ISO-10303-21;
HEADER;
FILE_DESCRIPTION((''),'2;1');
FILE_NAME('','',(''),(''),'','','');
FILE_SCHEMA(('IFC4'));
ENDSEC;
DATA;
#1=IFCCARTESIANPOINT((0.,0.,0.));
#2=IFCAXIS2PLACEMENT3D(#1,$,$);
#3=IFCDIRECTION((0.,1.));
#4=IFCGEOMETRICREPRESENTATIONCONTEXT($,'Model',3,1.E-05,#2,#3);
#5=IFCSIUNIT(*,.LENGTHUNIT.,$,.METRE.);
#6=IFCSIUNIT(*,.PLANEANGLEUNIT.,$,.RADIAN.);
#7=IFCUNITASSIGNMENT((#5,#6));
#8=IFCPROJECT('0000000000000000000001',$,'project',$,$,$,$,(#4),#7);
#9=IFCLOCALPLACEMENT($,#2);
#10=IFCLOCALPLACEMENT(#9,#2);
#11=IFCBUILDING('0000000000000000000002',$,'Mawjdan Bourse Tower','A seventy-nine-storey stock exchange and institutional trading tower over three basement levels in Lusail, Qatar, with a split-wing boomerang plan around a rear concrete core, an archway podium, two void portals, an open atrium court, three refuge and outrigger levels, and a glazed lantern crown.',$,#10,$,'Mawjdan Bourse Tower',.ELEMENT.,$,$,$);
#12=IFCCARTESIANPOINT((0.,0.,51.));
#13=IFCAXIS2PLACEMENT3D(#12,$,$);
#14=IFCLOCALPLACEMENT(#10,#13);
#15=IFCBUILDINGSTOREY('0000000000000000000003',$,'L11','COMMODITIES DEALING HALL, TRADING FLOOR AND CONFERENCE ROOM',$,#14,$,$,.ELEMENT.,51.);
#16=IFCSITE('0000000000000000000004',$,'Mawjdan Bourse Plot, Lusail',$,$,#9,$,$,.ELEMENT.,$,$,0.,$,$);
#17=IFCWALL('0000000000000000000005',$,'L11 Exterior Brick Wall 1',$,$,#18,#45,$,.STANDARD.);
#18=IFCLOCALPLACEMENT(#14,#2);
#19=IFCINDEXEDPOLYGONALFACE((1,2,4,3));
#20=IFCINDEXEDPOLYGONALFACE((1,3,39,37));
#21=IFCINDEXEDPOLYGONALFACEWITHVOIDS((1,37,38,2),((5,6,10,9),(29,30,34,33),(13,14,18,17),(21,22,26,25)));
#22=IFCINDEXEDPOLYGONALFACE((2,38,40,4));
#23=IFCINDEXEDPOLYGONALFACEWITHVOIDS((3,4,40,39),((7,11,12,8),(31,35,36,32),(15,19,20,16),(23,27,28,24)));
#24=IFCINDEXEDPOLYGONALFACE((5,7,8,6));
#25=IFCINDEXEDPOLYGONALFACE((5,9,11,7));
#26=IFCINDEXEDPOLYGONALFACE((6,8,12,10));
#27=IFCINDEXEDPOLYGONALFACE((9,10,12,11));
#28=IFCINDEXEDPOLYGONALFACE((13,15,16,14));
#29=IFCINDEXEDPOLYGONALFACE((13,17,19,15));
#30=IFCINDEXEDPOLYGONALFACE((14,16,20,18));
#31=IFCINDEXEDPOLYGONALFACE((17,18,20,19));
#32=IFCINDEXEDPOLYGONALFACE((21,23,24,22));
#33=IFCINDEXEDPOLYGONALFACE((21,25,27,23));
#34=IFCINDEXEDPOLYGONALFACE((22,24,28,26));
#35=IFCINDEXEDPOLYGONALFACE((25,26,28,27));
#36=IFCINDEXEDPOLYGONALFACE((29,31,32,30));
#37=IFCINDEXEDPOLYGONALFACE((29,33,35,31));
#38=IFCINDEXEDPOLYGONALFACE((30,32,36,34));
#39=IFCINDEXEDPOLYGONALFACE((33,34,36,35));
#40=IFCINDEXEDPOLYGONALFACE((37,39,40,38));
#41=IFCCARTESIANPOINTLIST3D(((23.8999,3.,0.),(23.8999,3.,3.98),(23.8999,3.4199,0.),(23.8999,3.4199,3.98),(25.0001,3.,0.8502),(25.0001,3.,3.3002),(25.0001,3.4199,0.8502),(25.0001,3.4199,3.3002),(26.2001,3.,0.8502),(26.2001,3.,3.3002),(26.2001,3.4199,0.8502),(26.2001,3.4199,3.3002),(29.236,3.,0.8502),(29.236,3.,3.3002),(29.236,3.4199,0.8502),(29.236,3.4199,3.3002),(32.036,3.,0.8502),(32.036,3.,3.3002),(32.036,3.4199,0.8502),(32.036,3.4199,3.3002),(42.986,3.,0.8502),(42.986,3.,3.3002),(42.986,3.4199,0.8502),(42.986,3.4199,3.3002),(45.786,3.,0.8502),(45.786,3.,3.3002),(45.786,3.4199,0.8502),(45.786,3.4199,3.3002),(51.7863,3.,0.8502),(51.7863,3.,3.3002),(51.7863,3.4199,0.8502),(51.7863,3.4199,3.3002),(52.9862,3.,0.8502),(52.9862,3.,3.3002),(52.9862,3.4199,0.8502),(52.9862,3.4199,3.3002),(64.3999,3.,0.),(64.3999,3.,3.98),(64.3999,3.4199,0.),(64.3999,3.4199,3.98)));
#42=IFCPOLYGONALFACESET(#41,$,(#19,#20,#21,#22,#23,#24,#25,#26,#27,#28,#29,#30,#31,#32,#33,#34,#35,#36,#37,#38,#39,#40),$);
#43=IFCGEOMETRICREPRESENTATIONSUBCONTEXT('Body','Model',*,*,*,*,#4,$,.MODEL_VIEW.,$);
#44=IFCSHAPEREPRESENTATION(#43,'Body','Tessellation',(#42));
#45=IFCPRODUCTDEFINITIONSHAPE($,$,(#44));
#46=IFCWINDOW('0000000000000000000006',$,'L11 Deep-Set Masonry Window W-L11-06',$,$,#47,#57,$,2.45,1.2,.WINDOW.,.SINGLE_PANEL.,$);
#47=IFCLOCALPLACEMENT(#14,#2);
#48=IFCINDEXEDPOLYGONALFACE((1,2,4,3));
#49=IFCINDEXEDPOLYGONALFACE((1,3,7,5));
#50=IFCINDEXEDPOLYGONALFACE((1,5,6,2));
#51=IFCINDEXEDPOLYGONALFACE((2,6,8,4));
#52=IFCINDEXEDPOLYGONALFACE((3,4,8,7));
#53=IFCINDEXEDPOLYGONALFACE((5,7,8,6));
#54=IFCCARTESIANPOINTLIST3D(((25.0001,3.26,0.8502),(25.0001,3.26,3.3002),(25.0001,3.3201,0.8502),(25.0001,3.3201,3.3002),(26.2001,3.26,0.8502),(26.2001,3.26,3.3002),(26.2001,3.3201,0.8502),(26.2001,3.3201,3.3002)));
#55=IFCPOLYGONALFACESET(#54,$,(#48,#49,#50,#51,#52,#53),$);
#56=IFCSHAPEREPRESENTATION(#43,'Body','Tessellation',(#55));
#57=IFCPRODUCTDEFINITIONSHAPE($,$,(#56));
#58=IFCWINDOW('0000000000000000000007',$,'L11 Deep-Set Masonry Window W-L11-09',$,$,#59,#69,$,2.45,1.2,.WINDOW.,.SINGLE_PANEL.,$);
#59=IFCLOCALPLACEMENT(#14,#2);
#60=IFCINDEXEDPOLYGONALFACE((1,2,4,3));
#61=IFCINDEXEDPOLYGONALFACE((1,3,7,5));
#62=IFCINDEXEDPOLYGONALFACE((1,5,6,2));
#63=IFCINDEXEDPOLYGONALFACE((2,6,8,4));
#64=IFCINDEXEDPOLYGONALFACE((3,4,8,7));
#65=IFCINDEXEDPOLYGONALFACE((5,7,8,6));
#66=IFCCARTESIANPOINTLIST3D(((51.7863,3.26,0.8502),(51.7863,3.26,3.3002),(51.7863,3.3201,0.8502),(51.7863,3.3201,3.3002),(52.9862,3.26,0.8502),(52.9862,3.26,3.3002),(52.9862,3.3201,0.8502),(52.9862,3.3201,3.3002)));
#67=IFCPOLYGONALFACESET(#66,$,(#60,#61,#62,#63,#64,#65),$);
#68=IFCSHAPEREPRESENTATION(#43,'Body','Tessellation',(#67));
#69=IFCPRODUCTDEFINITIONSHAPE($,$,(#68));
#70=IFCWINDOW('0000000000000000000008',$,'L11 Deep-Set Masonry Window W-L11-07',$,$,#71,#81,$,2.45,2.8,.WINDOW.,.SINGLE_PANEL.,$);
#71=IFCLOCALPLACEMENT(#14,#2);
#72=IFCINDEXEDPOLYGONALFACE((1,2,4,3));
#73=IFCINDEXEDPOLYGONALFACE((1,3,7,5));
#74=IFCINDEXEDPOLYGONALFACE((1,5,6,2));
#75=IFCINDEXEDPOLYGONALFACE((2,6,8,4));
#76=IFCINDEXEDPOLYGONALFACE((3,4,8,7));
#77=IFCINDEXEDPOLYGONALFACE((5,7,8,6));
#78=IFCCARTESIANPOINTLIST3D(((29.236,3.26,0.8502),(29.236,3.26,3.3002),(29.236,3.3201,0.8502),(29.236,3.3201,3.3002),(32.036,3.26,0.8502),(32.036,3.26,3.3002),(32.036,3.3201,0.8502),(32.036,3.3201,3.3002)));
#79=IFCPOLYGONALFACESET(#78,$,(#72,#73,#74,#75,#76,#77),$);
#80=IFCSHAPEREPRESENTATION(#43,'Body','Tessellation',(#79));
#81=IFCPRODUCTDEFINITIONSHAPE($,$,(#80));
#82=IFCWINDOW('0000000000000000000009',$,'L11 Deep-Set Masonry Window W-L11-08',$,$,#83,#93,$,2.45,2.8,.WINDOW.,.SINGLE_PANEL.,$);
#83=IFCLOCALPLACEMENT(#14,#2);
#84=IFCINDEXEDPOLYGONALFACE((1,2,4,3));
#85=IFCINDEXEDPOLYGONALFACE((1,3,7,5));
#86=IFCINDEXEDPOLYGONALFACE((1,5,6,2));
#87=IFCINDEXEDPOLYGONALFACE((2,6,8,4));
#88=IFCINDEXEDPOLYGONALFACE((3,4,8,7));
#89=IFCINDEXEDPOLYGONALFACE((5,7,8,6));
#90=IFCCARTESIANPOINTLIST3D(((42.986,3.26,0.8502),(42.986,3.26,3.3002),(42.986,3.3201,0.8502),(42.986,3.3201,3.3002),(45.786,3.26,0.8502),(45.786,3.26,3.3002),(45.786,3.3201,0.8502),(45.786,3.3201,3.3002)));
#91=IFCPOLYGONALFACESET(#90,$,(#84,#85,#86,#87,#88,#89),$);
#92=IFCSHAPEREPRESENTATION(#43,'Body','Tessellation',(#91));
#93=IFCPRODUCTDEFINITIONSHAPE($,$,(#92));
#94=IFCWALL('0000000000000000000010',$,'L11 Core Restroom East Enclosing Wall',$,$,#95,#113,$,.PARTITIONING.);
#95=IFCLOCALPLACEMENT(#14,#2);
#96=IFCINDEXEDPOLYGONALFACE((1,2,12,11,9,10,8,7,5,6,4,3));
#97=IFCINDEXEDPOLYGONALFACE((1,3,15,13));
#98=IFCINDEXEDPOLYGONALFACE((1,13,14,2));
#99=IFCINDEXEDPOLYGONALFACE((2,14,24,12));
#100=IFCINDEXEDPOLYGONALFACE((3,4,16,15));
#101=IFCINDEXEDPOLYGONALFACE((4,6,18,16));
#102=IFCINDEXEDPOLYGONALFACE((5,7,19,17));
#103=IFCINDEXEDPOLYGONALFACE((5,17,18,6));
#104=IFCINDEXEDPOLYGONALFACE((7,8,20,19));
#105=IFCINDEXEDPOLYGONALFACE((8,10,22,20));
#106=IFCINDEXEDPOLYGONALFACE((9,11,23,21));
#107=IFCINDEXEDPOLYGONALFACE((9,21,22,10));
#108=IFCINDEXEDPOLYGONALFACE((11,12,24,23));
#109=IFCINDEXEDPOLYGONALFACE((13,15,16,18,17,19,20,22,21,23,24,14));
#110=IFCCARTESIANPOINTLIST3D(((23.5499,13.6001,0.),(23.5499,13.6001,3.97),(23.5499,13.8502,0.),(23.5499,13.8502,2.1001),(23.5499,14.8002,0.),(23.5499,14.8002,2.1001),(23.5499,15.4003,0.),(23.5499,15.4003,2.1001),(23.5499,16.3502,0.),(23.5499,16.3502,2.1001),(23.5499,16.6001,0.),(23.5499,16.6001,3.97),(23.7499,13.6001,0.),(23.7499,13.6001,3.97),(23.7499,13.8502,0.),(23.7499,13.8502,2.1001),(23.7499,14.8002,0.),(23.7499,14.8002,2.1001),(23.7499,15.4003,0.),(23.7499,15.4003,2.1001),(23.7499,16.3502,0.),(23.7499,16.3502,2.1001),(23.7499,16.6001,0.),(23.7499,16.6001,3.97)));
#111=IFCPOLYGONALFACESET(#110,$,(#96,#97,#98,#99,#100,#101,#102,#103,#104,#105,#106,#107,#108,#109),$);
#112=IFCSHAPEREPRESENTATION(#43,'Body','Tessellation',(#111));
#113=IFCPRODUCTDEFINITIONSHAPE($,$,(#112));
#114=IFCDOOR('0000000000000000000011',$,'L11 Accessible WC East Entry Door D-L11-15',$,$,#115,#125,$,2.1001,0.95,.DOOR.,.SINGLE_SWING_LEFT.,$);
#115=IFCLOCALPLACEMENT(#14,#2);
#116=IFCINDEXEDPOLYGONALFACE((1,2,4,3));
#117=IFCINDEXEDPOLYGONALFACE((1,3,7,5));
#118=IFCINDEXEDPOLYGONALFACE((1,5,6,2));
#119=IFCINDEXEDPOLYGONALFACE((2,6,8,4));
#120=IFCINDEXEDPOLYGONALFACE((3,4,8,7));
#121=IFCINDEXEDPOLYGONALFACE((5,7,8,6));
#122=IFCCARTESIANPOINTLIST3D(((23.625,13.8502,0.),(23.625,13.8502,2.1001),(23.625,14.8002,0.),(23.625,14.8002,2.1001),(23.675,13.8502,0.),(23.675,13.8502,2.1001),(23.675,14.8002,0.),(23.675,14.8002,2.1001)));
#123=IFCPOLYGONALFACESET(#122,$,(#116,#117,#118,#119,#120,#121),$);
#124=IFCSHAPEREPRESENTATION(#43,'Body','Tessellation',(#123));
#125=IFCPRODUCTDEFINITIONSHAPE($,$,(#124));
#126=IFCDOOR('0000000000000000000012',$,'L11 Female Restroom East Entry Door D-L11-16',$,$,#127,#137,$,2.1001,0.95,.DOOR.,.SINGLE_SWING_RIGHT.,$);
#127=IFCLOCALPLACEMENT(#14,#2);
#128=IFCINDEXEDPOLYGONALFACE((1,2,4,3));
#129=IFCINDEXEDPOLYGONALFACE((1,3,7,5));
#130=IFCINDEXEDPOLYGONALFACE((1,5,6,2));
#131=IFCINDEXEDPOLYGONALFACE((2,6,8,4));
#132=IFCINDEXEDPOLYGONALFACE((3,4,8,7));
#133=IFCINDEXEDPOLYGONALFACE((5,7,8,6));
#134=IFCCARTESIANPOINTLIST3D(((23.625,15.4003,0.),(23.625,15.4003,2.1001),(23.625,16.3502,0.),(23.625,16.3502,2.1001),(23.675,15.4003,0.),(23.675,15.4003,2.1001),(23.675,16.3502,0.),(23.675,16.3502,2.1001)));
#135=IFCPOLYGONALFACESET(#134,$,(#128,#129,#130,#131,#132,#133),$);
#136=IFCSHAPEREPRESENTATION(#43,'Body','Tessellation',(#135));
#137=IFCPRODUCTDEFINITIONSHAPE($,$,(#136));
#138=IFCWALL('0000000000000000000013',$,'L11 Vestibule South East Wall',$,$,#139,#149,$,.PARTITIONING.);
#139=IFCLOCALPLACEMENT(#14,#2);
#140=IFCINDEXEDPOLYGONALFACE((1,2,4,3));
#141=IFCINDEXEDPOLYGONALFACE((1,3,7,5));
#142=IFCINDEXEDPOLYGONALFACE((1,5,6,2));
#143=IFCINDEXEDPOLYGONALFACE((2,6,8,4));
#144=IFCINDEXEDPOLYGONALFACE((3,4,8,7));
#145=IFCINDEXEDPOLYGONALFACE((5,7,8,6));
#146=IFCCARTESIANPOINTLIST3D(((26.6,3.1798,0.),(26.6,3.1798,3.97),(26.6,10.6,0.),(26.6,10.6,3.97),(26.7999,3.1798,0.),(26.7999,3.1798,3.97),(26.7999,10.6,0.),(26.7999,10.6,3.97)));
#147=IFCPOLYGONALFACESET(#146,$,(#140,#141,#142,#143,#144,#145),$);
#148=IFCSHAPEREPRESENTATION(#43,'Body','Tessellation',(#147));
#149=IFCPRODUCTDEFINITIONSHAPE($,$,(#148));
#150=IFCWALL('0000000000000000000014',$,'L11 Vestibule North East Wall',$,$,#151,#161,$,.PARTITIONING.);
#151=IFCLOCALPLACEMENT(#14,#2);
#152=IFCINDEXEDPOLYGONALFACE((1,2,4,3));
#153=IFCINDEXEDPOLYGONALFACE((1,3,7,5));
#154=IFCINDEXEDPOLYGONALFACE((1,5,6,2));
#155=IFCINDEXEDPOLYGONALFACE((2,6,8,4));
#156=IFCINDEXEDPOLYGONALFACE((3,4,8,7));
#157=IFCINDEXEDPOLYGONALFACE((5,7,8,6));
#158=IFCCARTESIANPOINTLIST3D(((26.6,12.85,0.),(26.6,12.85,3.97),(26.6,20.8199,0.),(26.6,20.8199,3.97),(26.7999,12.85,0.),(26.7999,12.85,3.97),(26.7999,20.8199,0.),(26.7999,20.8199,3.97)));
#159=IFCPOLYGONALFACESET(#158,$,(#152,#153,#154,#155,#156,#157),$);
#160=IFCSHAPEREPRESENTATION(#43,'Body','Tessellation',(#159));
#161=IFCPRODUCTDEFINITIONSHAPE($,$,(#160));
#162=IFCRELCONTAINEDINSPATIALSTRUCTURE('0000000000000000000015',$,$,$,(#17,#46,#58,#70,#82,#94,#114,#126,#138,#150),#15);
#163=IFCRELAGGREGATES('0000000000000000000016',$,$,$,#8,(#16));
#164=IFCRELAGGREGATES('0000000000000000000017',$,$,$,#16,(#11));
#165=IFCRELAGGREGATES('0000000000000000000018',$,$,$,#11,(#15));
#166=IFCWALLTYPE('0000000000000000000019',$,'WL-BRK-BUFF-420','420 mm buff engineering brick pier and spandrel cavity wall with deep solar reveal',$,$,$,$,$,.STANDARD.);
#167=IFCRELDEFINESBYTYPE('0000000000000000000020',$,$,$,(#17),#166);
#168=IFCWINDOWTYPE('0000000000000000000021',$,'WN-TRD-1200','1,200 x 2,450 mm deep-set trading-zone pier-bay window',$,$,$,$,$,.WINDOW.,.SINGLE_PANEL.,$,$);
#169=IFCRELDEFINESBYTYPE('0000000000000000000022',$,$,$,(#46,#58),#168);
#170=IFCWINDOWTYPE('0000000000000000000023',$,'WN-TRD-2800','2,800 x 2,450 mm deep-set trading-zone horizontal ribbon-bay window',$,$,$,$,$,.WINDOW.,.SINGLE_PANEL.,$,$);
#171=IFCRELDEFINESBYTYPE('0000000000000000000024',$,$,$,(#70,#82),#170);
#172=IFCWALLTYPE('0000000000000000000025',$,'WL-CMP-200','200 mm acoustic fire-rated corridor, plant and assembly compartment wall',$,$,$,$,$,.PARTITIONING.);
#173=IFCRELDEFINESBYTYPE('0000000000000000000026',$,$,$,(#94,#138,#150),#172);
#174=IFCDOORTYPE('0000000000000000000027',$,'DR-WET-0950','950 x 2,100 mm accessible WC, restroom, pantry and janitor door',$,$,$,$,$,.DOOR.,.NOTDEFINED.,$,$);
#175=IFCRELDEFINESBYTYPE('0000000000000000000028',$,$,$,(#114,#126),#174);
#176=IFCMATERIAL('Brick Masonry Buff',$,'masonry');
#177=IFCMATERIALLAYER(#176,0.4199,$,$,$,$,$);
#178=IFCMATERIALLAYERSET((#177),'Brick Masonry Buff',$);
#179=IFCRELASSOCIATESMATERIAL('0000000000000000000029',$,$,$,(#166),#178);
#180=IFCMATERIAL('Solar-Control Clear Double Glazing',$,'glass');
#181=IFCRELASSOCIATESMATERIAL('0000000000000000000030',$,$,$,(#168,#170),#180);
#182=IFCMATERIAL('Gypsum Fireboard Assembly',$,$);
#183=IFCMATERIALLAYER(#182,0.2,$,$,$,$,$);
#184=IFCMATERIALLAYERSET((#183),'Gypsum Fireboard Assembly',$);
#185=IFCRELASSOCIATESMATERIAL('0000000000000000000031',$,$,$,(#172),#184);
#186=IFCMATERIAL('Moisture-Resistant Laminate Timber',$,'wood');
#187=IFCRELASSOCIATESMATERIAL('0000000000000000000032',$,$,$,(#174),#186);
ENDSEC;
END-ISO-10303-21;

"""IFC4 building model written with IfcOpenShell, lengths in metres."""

from ifc_helpers import new_model, si_unit, direction, frame, frame_2d, origin, place, context, subcontext, project, spatial, rectangle, extrude, material, layer, layer_set, type_object, element, fill, save


model = new_model("IFC4")

# Units and contexts
model_context = context("Model", 3, precision=1e-05, world=origin(), true_north=direction((0.0, 1.0)))
body_context = subcontext(model_context, "Body", "Model", "MODEL_VIEW")
ifc_project = project(units=[si_unit("LENGTHUNIT", "METRE"), si_unit("PLANEANGLEUNIT", "RADIAN")], contexts=[model_context])

# Site, building, storey
site_placement = place(None, origin())
site = spatial("IfcSite", under=ifc_project, at=site_placement, Name="Mawjdan Bourse Plot, Lusail", CompositionType="ELEMENT", RefElevation=0.0)
building_placement = place(site_placement, origin())
building = spatial("IfcBuilding", under=site, at=building_placement, Name="Mawjdan Bourse Tower", Description="A seventy-nine-storey stock exchange and institutional trading tower over three basement levels in Lusail, Qatar, with a split-wing boomerang plan around a rear concrete core, an archway podium, two void portals, an open atrium court, three refuge and outrigger levels, and a glazed lantern crown.", LongName="Mawjdan Bourse Tower", CompositionType="ELEMENT")
storey_placement = place(building_placement, frame((0.0, 0.0, 51.0)))
storey = spatial("IfcBuildingStorey", under=building, at=storey_placement, Name="L11", Description="COMMODITIES DEALING HALL, TRADING FLOOR AND CONFERENCE ROOM", CompositionType="ELEMENT", Elevation=51.0)

# Wall, openings, windows
ifc_material_1 = material(Name="Brick Masonry Buff", Category="masonry")
ifc_layer_1 = layer(ifc_material_1, 0.4199)
ifc_layer_set_1 = layer_set([ifc_layer_1], Name="Brick Masonry Buff")
wall_type_1 = type_object("IfcWallType", Name="WL-BRK-BUFF-420", Description="420 mm buff engineering brick pier and spandrel cavity wall with deep solar reveal", PredefinedType="STANDARD", material=ifc_layer_set_1)
wall_1_placement = place(storey_placement, frame((23.8999, 3.21, 0.0), z_axis=(0.0, 0.0, 1.0), x_axis=(1.0, 0.0, 0.0)))
wall_1 = element("IfcWall", 1, at=wall_1_placement, inside=storey, type_object=wall_type_1, Name="L11 Exterior Brick Wall 1", PredefinedType="STANDARD", context=body_context, shape_type="SweptSolid", body=[
    extrude(rectangle(XDim=40.5, YDim=0.4199, at=frame_2d((20.25, 0.0))), origin(), (0.0, 0.0, 1.0), 3.98),
])
opening_1_placement = place(wall_1_placement, frame((1.1001, 0.0, 0.8501)))
opening_1 = element("IfcOpeningElement", 2, at=opening_1_placement, cuts=wall_1, PredefinedType="OPENING", context=body_context, shape_type="SweptSolid", body=[
    extrude(rectangle(XDim=1.2, YDim=2.45, at=frame_2d((0.6001, 1.2251))), frame((0.0, 0.22, 0.0), z_axis=(0.0, -1.0, 0.0), x_axis=(1.0, 0.0, 0.0)), (0.0, 0.0, 1.0), 0.4399),
])
opening_2_placement = place(wall_1_placement, frame((5.3362, 0.0, 0.8501)))
opening_2 = element("IfcOpeningElement", 3, at=opening_2_placement, cuts=wall_1, PredefinedType="OPENING", context=body_context, shape_type="SweptSolid", body=[
    extrude(rectangle(XDim=2.8, YDim=2.45, at=frame_2d((1.3999, 1.2251))), frame((0.0, 0.22, 0.0), z_axis=(0.0, -1.0, 0.0), x_axis=(1.0, 0.0, 0.0)), (0.0, 0.0, 1.0), 0.4399),
])
opening_3_placement = place(wall_1_placement, frame((19.0862, 0.0, 0.8501)))
opening_3 = element("IfcOpeningElement", 4, at=opening_3_placement, cuts=wall_1, PredefinedType="OPENING", context=body_context, shape_type="SweptSolid", body=[
    extrude(rectangle(XDim=2.8, YDim=2.45, at=frame_2d((1.3999, 1.2251))), frame((0.0, 0.22, 0.0), z_axis=(0.0, -1.0, 0.0), x_axis=(1.0, 0.0, 0.0)), (0.0, 0.0, 1.0), 0.4399),
])
opening_4_placement = place(wall_1_placement, frame((27.8862, 0.0, 0.8501)))
opening_4 = element("IfcOpeningElement", 5, at=opening_4_placement, cuts=wall_1, PredefinedType="OPENING", context=body_context, shape_type="SweptSolid", body=[
    extrude(rectangle(XDim=1.2, YDim=2.45, at=frame_2d((0.6001, 1.2251))), frame((0.0, 0.22, 0.0), z_axis=(0.0, -1.0, 0.0), x_axis=(1.0, 0.0, 0.0)), (0.0, 0.0, 1.0), 0.4399),
])
ifc_material_2 = material(Name="Solar-Control Clear Double Glazing", Category="glass")
window_type_1 = type_object("IfcWindowType", Name="WN-TRD-1200", Description="1,200 x 2,450 mm deep-set trading-zone pier-bay window", PartitioningType="SINGLE_PANEL", PredefinedType="WINDOW", material=ifc_material_2)
window_1_placement = place(opening_1_placement, origin())
window_1 = element("IfcWindow", 6, at=window_1_placement, inside=storey, type_object=window_type_1, Name="L11 Deep-Set Masonry Window W-L11-06", OverallHeight=2.45, OverallWidth=1.2, PartitioningType="SINGLE_PANEL", PredefinedType="WINDOW", context=body_context, shape_type="SweptSolid", body=[
    extrude(rectangle(XDim=1.2, YDim=2.45, at=frame_2d((0.6001, 1.2251))), frame((0.0, 0.1101, 0.0), z_axis=(0.0, -1.0, 0.0), x_axis=(1.0, 0.0, 0.0)), (0.0, 0.0, 1.0), 0.0601),
])
fill(opening_1, window_1)
window_2_placement = place(opening_4_placement, origin())
window_2 = element("IfcWindow", 7, at=window_2_placement, inside=storey, type_object=window_type_1, Name="L11 Deep-Set Masonry Window W-L11-09", OverallHeight=2.45, OverallWidth=1.2, PartitioningType="SINGLE_PANEL", PredefinedType="WINDOW", context=body_context, shape_type="SweptSolid", body=[
    extrude(rectangle(XDim=1.2, YDim=2.45, at=frame_2d((0.6001, 1.2251))), frame((0.0, 0.1101, 0.0), z_axis=(0.0, -1.0, 0.0), x_axis=(1.0, 0.0, 0.0)), (0.0, 0.0, 1.0), 0.0601),
])
fill(opening_4, window_2)
window_type_2 = type_object("IfcWindowType", Name="WN-TRD-2800", Description="2,800 x 2,450 mm deep-set trading-zone horizontal ribbon-bay window", PartitioningType="SINGLE_PANEL", PredefinedType="WINDOW", material=ifc_material_2)
window_3_placement = place(opening_2_placement, origin())
window_3 = element("IfcWindow", 8, at=window_3_placement, inside=storey, type_object=window_type_2, Name="L11 Deep-Set Masonry Window W-L11-07", OverallHeight=2.45, OverallWidth=2.8, PartitioningType="SINGLE_PANEL", PredefinedType="WINDOW", context=body_context, shape_type="SweptSolid", body=[
    extrude(rectangle(XDim=2.8, YDim=2.45, at=frame_2d((1.3999, 1.2251))), frame((0.0, 0.1101, 0.0), z_axis=(0.0, -1.0, 0.0), x_axis=(1.0, 0.0, 0.0)), (0.0, 0.0, 1.0), 0.0601),
])
fill(opening_2, window_3)
window_4_placement = place(opening_3_placement, origin())
window_4 = element("IfcWindow", 9, at=window_4_placement, inside=storey, type_object=window_type_2, Name="L11 Deep-Set Masonry Window W-L11-08", OverallHeight=2.45, OverallWidth=2.8, PartitioningType="SINGLE_PANEL", PredefinedType="WINDOW", context=body_context, shape_type="SweptSolid", body=[
    extrude(rectangle(XDim=2.8, YDim=2.45, at=frame_2d((1.3999, 1.2251))), frame((0.0, 0.1101, 0.0), z_axis=(0.0, -1.0, 0.0), x_axis=(1.0, 0.0, 0.0)), (0.0, 0.0, 1.0), 0.0601),
])
fill(opening_3, window_4)

# Wall, openings, doors
ifc_material_3 = material(Name="Gypsum Fireboard Assembly")
ifc_layer_2 = layer(ifc_material_3, 0.2)
ifc_layer_set_2 = layer_set([ifc_layer_2], Name="Gypsum Fireboard Assembly")
wall_type_2 = type_object("IfcWallType", Name="WL-CMP-200", Description="200 mm acoustic fire-rated corridor, plant and assembly compartment wall", PredefinedType="PARTITIONING", material=ifc_layer_set_2)
wall_2_placement = place(storey_placement, frame((23.6499, 13.6001, 0.0), z_axis=(0.0, 0.0, 1.0), x_axis=(0.0, 1.0, 0.0)))
wall_2 = element("IfcWall", 10, at=wall_2_placement, inside=storey, type_object=wall_type_2, Name="L11 Core Restroom East Enclosing Wall", PredefinedType="PARTITIONING", context=body_context, shape_type="SweptSolid", body=[
    extrude(rectangle(XDim=3.0, YDim=0.2, at=frame_2d((1.5, 0.0))), origin(), (0.0, 0.0, 1.0), 3.97),
])
opening_5_placement = place(wall_2_placement, frame((0.25, 0.0, 0.0)))
opening_5 = element("IfcOpeningElement", 11, at=opening_5_placement, cuts=wall_2, PredefinedType="OPENING", context=body_context, shape_type="SweptSolid", body=[
    extrude(rectangle(XDim=0.95, YDim=2.1001, at=frame_2d((0.4751, 1.05))), frame((0.0, 0.1099, 0.0), z_axis=(0.0, -1.0, 0.0), x_axis=(1.0, 0.0, 0.0)), (0.0, 0.0, 1.0), 0.22),
])
opening_6_placement = place(wall_2_placement, frame((1.8, 0.0, 0.0)))
opening_6 = element("IfcOpeningElement", 12, at=opening_6_placement, cuts=wall_2, PredefinedType="OPENING", context=body_context, shape_type="SweptSolid", body=[
    extrude(rectangle(XDim=0.95, YDim=2.1001, at=frame_2d((0.4751, 1.05))), frame((0.0, 0.1099, 0.0), z_axis=(0.0, -1.0, 0.0), x_axis=(1.0, 0.0, 0.0)), (0.0, 0.0, 1.0), 0.22),
])
ifc_material_4 = material(Name="Moisture-Resistant Laminate Timber", Category="wood")
door_type_1 = type_object("IfcDoorType", Name="DR-WET-0950", Description="950 x 2,100 mm accessible WC, restroom, pantry and janitor door", OperationType="NOTDEFINED", PredefinedType="DOOR", material=ifc_material_4)
door_1_placement = place(opening_5_placement, origin())
door_1 = element("IfcDoor", 13, at=door_1_placement, inside=storey, type_object=door_type_1, Name="L11 Accessible WC East Entry Door D-L11-15", OperationType="SINGLE_SWING_LEFT", OverallHeight=2.1001, OverallWidth=0.95, PredefinedType="DOOR", context=body_context, shape_type="SweptSolid", body=[
    extrude(rectangle(XDim=0.95, YDim=2.1001, at=frame_2d((0.4751, 1.05))), frame((0.0, 0.0249, 0.0), z_axis=(0.0, -1.0, 0.0), x_axis=(1.0, 0.0, 0.0)), (0.0, 0.0, 1.0), 0.05),
])
fill(opening_5, door_1)
door_2_placement = place(opening_6_placement, origin())
door_2 = element("IfcDoor", 14, at=door_2_placement, inside=storey, type_object=door_type_1, Name="L11 Female Restroom East Entry Door D-L11-16", OperationType="SINGLE_SWING_RIGHT", OverallHeight=2.1001, OverallWidth=0.95, PredefinedType="DOOR", context=body_context, shape_type="SweptSolid", body=[
    extrude(rectangle(XDim=0.95, YDim=2.1001, at=frame_2d((0.4751, 1.05))), frame((0.0, 0.0249, 0.0), z_axis=(0.0, -1.0, 0.0), x_axis=(1.0, 0.0, 0.0)), (0.0, 0.0, 1.0), 0.05),
])
fill(opening_6, door_2)

# Walls
wall_3_placement = place(storey_placement, frame((26.7, 3.1799, 0.0), z_axis=(0.0, 0.0, 1.0), x_axis=(0.0, 1.0, 0.0)))
element("IfcWall", 15, at=wall_3_placement, inside=storey, type_object=wall_type_2, Name="L11 Vestibule South East Wall", PredefinedType="PARTITIONING", context=body_context, shape_type="SweptSolid", body=[
    extrude(rectangle(XDim=7.4202, YDim=0.2, at=frame_2d((3.71, 0.0))), origin(), (0.0, 0.0, 1.0), 3.97),
])
wall_4_placement = place(storey_placement, frame((26.7, 12.8501, 0.0), z_axis=(0.0, 0.0, 1.0), x_axis=(0.0, 1.0, 0.0)))
element("IfcWall", 16, at=wall_4_placement, inside=storey, type_object=wall_type_2, Name="L11 Vestibule North East Wall", PredefinedType="PARTITIONING", context=body_context, shape_type="SweptSolid", body=[
    extrude(rectangle(XDim=7.97, YDim=0.2, at=frame_2d((3.9849, 0.0))), origin(), (0.0, 0.0, 1.0), 3.97),
])

save(model, "model.ifc")
